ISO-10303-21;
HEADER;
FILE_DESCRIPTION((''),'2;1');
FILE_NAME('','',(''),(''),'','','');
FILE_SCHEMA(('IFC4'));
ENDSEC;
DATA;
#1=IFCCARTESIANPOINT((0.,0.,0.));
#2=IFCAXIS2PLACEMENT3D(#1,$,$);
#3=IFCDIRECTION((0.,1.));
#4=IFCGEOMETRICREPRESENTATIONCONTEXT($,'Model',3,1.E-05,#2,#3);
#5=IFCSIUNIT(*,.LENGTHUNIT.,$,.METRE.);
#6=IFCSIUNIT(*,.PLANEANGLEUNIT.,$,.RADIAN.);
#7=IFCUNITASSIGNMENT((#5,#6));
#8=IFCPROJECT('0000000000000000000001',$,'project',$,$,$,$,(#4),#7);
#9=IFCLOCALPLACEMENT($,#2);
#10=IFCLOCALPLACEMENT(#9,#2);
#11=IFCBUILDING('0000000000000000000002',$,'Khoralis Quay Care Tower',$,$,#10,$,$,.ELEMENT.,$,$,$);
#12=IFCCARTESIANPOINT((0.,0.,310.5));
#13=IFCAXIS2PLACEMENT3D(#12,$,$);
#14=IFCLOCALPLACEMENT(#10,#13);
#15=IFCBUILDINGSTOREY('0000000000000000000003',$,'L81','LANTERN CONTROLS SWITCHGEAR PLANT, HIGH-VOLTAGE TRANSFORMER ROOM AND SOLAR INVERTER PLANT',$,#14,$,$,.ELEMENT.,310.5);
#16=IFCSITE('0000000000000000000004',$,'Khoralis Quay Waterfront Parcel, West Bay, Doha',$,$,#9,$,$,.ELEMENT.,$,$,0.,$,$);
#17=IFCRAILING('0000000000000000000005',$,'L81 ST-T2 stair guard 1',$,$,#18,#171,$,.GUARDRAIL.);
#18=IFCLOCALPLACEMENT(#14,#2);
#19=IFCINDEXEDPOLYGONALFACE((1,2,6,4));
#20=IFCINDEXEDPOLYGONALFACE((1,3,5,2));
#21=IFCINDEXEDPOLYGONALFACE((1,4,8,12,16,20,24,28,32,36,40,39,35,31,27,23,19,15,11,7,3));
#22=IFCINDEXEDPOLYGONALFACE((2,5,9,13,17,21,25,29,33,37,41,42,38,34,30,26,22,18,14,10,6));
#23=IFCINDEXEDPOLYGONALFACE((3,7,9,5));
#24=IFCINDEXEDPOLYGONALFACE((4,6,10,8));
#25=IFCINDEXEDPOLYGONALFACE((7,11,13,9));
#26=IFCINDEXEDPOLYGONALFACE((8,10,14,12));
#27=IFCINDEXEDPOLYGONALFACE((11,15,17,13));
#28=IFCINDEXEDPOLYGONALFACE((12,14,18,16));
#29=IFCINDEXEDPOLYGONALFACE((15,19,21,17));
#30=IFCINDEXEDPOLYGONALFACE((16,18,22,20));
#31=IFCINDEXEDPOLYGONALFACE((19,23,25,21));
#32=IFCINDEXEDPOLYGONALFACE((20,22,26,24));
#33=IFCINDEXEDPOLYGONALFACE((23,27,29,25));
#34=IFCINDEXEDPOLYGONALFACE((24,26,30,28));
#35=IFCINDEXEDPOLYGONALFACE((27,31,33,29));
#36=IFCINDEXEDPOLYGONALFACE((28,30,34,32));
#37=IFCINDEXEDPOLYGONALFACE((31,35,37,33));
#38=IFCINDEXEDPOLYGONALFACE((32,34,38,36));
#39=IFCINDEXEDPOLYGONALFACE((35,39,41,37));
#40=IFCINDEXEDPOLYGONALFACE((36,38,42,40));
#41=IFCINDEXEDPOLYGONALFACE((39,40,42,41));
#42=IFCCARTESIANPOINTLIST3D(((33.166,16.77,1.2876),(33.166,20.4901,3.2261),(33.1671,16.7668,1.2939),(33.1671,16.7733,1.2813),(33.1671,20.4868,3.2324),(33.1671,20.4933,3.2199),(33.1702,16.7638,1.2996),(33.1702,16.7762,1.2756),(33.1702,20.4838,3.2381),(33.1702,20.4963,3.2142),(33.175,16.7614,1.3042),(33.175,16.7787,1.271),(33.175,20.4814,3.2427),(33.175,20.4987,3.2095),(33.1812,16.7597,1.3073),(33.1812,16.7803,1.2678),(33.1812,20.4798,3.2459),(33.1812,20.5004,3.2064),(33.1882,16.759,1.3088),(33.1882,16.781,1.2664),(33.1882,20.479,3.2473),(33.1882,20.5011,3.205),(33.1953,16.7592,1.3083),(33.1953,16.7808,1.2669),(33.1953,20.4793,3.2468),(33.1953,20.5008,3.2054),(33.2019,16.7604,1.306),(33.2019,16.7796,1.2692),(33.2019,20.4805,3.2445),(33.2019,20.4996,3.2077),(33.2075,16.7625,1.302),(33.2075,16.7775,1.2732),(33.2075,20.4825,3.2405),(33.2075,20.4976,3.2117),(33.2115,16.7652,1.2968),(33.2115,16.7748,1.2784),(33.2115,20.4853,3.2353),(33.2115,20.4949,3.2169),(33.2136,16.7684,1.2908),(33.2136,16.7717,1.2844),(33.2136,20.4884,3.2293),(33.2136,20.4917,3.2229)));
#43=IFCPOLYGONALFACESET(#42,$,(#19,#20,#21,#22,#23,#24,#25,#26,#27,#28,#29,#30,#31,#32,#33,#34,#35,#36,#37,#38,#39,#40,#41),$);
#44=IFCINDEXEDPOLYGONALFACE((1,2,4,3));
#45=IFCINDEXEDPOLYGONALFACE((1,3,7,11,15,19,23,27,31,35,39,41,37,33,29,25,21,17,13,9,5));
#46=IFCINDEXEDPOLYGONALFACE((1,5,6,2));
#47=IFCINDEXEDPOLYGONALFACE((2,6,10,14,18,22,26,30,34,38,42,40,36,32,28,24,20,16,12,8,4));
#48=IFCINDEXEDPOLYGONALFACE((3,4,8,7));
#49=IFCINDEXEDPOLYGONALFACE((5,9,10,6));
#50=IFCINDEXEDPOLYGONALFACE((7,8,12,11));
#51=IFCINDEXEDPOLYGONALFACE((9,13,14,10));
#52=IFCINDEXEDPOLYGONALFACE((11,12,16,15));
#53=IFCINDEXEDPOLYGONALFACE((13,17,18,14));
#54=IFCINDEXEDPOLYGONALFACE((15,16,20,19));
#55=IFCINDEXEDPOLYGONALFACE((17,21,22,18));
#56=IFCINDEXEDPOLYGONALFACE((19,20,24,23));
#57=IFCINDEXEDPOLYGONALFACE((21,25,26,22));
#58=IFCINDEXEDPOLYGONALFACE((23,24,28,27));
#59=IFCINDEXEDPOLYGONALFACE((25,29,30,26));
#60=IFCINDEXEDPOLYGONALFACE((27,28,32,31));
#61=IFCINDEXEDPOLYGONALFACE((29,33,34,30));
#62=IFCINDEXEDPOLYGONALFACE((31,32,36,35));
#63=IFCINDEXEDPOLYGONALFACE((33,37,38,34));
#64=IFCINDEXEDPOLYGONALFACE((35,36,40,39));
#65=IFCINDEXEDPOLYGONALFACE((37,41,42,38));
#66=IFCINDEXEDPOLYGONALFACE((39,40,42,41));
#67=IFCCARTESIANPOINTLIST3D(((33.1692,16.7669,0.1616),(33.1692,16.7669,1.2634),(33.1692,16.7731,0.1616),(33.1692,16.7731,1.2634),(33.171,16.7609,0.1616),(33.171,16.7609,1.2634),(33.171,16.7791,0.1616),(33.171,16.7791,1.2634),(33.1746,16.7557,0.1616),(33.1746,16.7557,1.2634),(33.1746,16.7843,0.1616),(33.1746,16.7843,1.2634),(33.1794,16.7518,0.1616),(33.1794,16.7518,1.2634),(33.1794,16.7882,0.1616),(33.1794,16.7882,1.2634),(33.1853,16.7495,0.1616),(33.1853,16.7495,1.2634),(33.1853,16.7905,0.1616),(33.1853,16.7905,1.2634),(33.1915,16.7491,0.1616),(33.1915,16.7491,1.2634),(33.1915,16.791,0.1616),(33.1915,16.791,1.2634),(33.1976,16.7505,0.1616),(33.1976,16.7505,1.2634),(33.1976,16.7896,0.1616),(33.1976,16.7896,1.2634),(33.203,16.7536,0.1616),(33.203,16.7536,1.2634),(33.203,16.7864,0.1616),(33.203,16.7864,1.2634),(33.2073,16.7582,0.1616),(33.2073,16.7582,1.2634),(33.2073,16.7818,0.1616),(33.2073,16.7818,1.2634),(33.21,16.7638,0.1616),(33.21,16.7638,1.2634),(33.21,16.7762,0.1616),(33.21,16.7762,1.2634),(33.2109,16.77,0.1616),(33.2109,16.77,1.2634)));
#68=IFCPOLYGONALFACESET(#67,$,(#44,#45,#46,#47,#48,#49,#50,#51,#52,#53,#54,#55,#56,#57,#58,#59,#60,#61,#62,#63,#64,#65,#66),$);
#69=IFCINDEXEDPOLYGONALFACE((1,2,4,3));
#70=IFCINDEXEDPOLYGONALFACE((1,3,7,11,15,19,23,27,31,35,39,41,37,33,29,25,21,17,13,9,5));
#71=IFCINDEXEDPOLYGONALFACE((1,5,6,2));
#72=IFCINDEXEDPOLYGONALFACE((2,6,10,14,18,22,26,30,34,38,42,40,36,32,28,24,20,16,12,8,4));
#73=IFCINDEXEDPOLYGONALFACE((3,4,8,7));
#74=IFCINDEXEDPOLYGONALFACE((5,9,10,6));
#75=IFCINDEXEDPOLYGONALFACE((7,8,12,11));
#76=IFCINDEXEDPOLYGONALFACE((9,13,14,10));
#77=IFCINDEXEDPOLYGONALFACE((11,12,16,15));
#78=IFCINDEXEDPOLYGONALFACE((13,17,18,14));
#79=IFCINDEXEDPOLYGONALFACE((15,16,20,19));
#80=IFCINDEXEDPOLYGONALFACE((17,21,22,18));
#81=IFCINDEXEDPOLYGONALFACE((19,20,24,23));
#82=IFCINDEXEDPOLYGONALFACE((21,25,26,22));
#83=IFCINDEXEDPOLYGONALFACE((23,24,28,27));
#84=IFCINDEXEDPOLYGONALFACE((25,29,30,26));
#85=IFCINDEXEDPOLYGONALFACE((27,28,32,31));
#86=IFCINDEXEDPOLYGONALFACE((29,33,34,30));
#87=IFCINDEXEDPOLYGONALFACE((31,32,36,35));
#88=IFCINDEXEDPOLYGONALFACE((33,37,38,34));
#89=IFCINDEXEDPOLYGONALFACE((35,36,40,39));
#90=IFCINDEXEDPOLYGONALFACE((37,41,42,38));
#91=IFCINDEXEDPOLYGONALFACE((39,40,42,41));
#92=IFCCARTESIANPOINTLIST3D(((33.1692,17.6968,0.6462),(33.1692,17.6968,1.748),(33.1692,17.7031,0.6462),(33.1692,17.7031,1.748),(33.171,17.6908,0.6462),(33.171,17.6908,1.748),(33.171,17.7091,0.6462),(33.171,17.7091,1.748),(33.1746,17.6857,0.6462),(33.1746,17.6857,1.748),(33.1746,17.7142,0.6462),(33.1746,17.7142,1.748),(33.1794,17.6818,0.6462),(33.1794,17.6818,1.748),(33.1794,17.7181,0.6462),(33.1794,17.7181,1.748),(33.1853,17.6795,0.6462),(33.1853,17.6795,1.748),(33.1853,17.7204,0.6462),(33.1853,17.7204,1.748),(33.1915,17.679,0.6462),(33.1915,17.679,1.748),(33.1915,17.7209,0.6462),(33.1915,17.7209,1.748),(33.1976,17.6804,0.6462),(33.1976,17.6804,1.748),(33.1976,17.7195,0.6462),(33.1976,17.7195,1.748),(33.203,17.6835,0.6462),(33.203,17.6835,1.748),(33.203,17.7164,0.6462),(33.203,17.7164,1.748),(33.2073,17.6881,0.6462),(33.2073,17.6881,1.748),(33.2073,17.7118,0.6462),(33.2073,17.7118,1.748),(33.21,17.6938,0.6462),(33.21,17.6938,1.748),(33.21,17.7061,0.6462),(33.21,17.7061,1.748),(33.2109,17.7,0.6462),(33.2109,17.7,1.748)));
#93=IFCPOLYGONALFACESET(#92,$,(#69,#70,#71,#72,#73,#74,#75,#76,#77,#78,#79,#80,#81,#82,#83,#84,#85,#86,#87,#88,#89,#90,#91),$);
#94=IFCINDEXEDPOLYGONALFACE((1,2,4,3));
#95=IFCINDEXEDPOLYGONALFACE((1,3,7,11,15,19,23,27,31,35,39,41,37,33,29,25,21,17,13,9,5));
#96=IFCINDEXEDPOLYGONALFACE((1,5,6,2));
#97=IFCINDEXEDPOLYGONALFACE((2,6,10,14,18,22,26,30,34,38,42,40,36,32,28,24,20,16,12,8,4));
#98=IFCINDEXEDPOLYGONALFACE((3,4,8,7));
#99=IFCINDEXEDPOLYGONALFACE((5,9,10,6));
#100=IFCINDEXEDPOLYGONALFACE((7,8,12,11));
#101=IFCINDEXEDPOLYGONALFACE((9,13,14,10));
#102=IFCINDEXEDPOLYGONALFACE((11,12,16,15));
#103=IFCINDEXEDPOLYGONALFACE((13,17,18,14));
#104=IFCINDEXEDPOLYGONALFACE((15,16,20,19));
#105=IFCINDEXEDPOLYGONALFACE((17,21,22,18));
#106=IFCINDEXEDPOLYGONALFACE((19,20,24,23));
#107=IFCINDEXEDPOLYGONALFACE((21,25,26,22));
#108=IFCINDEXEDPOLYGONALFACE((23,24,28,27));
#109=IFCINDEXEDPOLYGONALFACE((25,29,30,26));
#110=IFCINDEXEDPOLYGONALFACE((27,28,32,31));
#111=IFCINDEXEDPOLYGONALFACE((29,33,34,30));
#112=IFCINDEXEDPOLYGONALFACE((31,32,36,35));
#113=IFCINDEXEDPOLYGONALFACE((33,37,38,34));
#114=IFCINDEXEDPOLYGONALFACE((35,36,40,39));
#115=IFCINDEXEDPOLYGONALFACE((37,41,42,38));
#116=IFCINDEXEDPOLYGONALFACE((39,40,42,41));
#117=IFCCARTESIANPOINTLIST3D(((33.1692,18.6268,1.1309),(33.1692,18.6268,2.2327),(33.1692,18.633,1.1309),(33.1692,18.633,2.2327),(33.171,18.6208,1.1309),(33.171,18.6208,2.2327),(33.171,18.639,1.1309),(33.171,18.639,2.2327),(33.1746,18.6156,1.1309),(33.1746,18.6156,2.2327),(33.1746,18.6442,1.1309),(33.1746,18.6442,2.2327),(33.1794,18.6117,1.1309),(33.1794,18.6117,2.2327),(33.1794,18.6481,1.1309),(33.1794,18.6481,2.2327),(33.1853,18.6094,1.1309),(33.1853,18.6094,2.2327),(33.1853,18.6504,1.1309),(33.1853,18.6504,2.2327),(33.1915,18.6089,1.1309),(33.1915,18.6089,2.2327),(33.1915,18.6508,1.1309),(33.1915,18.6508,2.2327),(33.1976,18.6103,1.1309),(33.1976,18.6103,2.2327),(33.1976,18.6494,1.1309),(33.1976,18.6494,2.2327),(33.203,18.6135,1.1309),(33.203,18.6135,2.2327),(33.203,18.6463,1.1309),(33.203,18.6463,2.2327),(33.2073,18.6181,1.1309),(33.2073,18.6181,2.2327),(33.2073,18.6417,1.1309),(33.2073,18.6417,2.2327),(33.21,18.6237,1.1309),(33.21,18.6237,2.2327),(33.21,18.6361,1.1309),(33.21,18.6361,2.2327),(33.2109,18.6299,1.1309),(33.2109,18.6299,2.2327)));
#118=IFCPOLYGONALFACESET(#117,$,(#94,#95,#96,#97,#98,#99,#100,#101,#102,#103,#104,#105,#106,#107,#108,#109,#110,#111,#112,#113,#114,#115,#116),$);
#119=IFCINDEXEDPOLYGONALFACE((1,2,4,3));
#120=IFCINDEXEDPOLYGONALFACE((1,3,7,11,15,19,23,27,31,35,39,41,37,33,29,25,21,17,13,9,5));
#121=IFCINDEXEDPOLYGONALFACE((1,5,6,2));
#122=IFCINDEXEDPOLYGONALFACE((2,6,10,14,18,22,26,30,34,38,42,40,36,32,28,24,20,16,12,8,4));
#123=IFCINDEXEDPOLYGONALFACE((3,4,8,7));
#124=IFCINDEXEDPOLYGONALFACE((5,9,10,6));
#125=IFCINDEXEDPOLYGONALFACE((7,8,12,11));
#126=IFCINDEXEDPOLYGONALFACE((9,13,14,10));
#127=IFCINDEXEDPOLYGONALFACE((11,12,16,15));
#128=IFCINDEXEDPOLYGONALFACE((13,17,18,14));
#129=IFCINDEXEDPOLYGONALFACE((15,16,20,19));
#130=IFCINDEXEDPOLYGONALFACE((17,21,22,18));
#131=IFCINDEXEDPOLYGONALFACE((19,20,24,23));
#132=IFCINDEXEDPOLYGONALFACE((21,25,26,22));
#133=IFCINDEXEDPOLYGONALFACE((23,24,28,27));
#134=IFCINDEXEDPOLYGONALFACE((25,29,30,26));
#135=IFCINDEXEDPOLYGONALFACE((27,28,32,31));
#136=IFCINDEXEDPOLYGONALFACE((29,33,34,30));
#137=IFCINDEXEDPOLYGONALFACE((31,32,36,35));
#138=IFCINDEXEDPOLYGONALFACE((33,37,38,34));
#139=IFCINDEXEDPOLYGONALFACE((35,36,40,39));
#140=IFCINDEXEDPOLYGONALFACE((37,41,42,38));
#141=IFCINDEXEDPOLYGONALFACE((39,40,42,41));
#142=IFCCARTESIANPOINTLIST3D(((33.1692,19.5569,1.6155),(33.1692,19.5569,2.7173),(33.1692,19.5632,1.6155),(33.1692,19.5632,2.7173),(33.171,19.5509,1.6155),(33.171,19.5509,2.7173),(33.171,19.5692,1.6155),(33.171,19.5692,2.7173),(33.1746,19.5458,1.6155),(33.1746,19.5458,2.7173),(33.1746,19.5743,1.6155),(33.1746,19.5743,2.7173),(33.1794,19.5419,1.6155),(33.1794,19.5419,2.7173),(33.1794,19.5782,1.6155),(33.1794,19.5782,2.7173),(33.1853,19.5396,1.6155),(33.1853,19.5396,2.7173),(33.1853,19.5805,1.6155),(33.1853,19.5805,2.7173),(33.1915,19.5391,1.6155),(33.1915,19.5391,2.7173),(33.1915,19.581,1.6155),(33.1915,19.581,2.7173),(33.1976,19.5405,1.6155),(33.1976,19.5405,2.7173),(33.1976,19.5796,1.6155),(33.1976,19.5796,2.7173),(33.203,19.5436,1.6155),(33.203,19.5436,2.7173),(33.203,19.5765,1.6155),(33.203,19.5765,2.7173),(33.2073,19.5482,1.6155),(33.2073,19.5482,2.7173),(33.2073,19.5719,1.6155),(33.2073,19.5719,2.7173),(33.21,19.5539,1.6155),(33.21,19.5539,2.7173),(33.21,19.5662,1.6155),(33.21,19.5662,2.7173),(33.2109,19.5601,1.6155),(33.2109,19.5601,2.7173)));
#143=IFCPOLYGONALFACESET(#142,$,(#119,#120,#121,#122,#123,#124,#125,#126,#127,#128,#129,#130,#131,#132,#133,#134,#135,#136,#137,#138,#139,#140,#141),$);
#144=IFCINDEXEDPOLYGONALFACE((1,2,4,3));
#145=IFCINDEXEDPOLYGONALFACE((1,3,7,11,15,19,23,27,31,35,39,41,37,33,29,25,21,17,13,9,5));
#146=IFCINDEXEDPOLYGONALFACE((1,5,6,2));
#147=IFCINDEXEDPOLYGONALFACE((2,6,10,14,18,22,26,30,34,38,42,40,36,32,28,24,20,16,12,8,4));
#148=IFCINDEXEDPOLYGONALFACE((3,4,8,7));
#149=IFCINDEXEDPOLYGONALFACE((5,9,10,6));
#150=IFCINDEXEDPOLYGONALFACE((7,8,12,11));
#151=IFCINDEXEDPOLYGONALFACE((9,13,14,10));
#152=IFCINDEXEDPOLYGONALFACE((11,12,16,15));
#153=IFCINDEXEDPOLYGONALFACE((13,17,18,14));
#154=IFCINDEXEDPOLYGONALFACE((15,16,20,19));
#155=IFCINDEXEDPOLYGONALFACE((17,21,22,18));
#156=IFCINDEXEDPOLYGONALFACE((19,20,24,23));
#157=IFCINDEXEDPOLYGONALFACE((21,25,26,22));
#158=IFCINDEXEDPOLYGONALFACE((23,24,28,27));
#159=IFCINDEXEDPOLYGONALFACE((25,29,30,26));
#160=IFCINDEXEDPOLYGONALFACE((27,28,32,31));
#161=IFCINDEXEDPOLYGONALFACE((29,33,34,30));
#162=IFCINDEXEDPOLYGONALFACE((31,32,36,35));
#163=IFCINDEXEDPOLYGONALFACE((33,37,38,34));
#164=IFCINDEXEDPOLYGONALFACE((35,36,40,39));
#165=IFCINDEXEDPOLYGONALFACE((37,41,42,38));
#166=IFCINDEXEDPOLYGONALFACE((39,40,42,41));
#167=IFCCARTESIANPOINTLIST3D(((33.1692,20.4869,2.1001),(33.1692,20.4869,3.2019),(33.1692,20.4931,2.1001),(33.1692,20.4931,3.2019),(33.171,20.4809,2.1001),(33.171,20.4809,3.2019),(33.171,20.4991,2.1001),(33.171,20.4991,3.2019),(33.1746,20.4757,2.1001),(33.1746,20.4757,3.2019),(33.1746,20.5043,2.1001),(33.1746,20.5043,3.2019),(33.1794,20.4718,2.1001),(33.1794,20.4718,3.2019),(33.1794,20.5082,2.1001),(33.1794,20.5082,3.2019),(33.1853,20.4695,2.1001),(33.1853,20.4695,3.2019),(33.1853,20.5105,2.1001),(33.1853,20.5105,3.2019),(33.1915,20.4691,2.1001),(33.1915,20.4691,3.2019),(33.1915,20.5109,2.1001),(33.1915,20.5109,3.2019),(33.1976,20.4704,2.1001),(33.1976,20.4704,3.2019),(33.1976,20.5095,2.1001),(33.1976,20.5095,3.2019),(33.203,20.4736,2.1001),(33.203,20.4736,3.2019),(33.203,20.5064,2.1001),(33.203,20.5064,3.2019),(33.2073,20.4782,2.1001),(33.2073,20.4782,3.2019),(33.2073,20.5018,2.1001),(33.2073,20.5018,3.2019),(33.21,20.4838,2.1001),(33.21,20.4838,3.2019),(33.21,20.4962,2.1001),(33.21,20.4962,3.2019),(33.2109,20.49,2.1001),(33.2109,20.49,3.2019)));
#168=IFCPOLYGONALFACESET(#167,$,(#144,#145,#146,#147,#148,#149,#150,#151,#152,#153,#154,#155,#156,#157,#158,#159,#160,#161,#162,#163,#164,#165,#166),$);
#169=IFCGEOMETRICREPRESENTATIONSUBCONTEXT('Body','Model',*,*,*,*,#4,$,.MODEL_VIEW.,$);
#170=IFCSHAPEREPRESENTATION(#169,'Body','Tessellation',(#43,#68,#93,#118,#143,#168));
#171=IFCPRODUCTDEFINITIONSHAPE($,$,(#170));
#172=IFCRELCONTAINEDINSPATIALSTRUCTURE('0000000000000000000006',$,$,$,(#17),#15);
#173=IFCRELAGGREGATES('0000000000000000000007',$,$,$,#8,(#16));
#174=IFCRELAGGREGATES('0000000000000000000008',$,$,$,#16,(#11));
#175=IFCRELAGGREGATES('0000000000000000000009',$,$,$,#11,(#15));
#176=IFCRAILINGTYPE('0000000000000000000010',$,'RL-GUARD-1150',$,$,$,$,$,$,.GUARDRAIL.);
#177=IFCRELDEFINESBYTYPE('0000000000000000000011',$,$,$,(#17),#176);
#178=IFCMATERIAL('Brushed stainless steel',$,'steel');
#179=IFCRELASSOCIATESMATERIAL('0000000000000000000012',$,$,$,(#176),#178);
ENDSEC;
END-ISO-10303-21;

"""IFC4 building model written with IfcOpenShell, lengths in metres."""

from ifc_helpers import new_model, si_unit, direction, frame, origin, origin_2d, place, context, subcontext, project, spatial, circle, extrude, material, type_object, element, save


model = new_model("IFC4")

# Units and contexts
model_context = context("Model", 3, precision=1e-05, world=origin(), true_north=direction((0.0, 1.0)))
body_context = subcontext(model_context, "Body", "Model", "MODEL_VIEW")
ifc_project = project(units=[si_unit("LENGTHUNIT", "METRE"), si_unit("PLANEANGLEUNIT", "RADIAN")], contexts=[model_context])

# Site, building, storey
site_placement = place(None, origin())
site = spatial("IfcSite", under=ifc_project, at=site_placement, Name="Khoralis Quay Waterfront Parcel, West Bay, Doha", CompositionType="ELEMENT", RefElevation=0.0)
building_placement = place(site_placement, origin())
building = spatial("IfcBuilding", under=site, at=building_placement, Name="Khoralis Quay Care Tower", CompositionType="ELEMENT")
storey_placement = place(building_placement, frame((0.0, 0.0, 310.5)))
storey = spatial("IfcBuildingStorey", under=building, at=storey_placement, Name="L81", Description="LANTERN CONTROLS SWITCHGEAR PLANT, HIGH-VOLTAGE TRANSFORMER ROOM AND SOLAR INVERTER PLANT", CompositionType="ELEMENT", Elevation=310.5)

# Shared definitions
ifc_material_1 = material(Name="Brushed stainless steel", Category="steel")

# Railing
railing_type_1 = type_object("IfcRailingType", Name="RL-GUARD-1150", PredefinedType="GUARDRAIL", material=ifc_material_1)
railing_1_placement = place(storey_placement, frame((33.1899, 16.77, 0.1616)))
element("IfcRailing", 1, at=railing_1_placement, inside=storey, type_object=railing_type_1, Name="L81 ST-T2 stair guard 1", PredefinedType="GUARDRAIL", context=body_context, shape_type="SweptSolid", body=[
    extrude(circle(Radius=0.0239, at=origin_2d()), frame((0.0, 0.0, 1.126), z_axis=(0.0, 0.886817, 0.46212), x_axis=(-1.0, 0.0, 0.0)), (0.0, 0.0, 1.0), 4.1948),
    extrude(circle(Radius=0.021, at=origin_2d()), origin(), (0.0, 0.0, 1.0), 1.1018),
    extrude(circle(Radius=0.021, at=origin_2d()), frame((0.0, 0.9299, 0.4846)), (0.0, 0.0, 1.0), 1.1018),
    extrude(circle(Radius=0.021, at=origin_2d()), frame((0.0, 1.8599, 0.9692)), (0.0, 0.0, 1.0), 1.1018),
    extrude(circle(Radius=0.021, at=origin_2d()), frame((0.0, 2.79, 1.4539)), (0.0, 0.0, 1.0), 1.1018),
    extrude(circle(Radius=0.021, at=origin_2d()), frame((0.0, 3.72, 1.9385)), (0.0, 0.0, 1.0), 1.1018),
])

save(model, "model.ifc")
